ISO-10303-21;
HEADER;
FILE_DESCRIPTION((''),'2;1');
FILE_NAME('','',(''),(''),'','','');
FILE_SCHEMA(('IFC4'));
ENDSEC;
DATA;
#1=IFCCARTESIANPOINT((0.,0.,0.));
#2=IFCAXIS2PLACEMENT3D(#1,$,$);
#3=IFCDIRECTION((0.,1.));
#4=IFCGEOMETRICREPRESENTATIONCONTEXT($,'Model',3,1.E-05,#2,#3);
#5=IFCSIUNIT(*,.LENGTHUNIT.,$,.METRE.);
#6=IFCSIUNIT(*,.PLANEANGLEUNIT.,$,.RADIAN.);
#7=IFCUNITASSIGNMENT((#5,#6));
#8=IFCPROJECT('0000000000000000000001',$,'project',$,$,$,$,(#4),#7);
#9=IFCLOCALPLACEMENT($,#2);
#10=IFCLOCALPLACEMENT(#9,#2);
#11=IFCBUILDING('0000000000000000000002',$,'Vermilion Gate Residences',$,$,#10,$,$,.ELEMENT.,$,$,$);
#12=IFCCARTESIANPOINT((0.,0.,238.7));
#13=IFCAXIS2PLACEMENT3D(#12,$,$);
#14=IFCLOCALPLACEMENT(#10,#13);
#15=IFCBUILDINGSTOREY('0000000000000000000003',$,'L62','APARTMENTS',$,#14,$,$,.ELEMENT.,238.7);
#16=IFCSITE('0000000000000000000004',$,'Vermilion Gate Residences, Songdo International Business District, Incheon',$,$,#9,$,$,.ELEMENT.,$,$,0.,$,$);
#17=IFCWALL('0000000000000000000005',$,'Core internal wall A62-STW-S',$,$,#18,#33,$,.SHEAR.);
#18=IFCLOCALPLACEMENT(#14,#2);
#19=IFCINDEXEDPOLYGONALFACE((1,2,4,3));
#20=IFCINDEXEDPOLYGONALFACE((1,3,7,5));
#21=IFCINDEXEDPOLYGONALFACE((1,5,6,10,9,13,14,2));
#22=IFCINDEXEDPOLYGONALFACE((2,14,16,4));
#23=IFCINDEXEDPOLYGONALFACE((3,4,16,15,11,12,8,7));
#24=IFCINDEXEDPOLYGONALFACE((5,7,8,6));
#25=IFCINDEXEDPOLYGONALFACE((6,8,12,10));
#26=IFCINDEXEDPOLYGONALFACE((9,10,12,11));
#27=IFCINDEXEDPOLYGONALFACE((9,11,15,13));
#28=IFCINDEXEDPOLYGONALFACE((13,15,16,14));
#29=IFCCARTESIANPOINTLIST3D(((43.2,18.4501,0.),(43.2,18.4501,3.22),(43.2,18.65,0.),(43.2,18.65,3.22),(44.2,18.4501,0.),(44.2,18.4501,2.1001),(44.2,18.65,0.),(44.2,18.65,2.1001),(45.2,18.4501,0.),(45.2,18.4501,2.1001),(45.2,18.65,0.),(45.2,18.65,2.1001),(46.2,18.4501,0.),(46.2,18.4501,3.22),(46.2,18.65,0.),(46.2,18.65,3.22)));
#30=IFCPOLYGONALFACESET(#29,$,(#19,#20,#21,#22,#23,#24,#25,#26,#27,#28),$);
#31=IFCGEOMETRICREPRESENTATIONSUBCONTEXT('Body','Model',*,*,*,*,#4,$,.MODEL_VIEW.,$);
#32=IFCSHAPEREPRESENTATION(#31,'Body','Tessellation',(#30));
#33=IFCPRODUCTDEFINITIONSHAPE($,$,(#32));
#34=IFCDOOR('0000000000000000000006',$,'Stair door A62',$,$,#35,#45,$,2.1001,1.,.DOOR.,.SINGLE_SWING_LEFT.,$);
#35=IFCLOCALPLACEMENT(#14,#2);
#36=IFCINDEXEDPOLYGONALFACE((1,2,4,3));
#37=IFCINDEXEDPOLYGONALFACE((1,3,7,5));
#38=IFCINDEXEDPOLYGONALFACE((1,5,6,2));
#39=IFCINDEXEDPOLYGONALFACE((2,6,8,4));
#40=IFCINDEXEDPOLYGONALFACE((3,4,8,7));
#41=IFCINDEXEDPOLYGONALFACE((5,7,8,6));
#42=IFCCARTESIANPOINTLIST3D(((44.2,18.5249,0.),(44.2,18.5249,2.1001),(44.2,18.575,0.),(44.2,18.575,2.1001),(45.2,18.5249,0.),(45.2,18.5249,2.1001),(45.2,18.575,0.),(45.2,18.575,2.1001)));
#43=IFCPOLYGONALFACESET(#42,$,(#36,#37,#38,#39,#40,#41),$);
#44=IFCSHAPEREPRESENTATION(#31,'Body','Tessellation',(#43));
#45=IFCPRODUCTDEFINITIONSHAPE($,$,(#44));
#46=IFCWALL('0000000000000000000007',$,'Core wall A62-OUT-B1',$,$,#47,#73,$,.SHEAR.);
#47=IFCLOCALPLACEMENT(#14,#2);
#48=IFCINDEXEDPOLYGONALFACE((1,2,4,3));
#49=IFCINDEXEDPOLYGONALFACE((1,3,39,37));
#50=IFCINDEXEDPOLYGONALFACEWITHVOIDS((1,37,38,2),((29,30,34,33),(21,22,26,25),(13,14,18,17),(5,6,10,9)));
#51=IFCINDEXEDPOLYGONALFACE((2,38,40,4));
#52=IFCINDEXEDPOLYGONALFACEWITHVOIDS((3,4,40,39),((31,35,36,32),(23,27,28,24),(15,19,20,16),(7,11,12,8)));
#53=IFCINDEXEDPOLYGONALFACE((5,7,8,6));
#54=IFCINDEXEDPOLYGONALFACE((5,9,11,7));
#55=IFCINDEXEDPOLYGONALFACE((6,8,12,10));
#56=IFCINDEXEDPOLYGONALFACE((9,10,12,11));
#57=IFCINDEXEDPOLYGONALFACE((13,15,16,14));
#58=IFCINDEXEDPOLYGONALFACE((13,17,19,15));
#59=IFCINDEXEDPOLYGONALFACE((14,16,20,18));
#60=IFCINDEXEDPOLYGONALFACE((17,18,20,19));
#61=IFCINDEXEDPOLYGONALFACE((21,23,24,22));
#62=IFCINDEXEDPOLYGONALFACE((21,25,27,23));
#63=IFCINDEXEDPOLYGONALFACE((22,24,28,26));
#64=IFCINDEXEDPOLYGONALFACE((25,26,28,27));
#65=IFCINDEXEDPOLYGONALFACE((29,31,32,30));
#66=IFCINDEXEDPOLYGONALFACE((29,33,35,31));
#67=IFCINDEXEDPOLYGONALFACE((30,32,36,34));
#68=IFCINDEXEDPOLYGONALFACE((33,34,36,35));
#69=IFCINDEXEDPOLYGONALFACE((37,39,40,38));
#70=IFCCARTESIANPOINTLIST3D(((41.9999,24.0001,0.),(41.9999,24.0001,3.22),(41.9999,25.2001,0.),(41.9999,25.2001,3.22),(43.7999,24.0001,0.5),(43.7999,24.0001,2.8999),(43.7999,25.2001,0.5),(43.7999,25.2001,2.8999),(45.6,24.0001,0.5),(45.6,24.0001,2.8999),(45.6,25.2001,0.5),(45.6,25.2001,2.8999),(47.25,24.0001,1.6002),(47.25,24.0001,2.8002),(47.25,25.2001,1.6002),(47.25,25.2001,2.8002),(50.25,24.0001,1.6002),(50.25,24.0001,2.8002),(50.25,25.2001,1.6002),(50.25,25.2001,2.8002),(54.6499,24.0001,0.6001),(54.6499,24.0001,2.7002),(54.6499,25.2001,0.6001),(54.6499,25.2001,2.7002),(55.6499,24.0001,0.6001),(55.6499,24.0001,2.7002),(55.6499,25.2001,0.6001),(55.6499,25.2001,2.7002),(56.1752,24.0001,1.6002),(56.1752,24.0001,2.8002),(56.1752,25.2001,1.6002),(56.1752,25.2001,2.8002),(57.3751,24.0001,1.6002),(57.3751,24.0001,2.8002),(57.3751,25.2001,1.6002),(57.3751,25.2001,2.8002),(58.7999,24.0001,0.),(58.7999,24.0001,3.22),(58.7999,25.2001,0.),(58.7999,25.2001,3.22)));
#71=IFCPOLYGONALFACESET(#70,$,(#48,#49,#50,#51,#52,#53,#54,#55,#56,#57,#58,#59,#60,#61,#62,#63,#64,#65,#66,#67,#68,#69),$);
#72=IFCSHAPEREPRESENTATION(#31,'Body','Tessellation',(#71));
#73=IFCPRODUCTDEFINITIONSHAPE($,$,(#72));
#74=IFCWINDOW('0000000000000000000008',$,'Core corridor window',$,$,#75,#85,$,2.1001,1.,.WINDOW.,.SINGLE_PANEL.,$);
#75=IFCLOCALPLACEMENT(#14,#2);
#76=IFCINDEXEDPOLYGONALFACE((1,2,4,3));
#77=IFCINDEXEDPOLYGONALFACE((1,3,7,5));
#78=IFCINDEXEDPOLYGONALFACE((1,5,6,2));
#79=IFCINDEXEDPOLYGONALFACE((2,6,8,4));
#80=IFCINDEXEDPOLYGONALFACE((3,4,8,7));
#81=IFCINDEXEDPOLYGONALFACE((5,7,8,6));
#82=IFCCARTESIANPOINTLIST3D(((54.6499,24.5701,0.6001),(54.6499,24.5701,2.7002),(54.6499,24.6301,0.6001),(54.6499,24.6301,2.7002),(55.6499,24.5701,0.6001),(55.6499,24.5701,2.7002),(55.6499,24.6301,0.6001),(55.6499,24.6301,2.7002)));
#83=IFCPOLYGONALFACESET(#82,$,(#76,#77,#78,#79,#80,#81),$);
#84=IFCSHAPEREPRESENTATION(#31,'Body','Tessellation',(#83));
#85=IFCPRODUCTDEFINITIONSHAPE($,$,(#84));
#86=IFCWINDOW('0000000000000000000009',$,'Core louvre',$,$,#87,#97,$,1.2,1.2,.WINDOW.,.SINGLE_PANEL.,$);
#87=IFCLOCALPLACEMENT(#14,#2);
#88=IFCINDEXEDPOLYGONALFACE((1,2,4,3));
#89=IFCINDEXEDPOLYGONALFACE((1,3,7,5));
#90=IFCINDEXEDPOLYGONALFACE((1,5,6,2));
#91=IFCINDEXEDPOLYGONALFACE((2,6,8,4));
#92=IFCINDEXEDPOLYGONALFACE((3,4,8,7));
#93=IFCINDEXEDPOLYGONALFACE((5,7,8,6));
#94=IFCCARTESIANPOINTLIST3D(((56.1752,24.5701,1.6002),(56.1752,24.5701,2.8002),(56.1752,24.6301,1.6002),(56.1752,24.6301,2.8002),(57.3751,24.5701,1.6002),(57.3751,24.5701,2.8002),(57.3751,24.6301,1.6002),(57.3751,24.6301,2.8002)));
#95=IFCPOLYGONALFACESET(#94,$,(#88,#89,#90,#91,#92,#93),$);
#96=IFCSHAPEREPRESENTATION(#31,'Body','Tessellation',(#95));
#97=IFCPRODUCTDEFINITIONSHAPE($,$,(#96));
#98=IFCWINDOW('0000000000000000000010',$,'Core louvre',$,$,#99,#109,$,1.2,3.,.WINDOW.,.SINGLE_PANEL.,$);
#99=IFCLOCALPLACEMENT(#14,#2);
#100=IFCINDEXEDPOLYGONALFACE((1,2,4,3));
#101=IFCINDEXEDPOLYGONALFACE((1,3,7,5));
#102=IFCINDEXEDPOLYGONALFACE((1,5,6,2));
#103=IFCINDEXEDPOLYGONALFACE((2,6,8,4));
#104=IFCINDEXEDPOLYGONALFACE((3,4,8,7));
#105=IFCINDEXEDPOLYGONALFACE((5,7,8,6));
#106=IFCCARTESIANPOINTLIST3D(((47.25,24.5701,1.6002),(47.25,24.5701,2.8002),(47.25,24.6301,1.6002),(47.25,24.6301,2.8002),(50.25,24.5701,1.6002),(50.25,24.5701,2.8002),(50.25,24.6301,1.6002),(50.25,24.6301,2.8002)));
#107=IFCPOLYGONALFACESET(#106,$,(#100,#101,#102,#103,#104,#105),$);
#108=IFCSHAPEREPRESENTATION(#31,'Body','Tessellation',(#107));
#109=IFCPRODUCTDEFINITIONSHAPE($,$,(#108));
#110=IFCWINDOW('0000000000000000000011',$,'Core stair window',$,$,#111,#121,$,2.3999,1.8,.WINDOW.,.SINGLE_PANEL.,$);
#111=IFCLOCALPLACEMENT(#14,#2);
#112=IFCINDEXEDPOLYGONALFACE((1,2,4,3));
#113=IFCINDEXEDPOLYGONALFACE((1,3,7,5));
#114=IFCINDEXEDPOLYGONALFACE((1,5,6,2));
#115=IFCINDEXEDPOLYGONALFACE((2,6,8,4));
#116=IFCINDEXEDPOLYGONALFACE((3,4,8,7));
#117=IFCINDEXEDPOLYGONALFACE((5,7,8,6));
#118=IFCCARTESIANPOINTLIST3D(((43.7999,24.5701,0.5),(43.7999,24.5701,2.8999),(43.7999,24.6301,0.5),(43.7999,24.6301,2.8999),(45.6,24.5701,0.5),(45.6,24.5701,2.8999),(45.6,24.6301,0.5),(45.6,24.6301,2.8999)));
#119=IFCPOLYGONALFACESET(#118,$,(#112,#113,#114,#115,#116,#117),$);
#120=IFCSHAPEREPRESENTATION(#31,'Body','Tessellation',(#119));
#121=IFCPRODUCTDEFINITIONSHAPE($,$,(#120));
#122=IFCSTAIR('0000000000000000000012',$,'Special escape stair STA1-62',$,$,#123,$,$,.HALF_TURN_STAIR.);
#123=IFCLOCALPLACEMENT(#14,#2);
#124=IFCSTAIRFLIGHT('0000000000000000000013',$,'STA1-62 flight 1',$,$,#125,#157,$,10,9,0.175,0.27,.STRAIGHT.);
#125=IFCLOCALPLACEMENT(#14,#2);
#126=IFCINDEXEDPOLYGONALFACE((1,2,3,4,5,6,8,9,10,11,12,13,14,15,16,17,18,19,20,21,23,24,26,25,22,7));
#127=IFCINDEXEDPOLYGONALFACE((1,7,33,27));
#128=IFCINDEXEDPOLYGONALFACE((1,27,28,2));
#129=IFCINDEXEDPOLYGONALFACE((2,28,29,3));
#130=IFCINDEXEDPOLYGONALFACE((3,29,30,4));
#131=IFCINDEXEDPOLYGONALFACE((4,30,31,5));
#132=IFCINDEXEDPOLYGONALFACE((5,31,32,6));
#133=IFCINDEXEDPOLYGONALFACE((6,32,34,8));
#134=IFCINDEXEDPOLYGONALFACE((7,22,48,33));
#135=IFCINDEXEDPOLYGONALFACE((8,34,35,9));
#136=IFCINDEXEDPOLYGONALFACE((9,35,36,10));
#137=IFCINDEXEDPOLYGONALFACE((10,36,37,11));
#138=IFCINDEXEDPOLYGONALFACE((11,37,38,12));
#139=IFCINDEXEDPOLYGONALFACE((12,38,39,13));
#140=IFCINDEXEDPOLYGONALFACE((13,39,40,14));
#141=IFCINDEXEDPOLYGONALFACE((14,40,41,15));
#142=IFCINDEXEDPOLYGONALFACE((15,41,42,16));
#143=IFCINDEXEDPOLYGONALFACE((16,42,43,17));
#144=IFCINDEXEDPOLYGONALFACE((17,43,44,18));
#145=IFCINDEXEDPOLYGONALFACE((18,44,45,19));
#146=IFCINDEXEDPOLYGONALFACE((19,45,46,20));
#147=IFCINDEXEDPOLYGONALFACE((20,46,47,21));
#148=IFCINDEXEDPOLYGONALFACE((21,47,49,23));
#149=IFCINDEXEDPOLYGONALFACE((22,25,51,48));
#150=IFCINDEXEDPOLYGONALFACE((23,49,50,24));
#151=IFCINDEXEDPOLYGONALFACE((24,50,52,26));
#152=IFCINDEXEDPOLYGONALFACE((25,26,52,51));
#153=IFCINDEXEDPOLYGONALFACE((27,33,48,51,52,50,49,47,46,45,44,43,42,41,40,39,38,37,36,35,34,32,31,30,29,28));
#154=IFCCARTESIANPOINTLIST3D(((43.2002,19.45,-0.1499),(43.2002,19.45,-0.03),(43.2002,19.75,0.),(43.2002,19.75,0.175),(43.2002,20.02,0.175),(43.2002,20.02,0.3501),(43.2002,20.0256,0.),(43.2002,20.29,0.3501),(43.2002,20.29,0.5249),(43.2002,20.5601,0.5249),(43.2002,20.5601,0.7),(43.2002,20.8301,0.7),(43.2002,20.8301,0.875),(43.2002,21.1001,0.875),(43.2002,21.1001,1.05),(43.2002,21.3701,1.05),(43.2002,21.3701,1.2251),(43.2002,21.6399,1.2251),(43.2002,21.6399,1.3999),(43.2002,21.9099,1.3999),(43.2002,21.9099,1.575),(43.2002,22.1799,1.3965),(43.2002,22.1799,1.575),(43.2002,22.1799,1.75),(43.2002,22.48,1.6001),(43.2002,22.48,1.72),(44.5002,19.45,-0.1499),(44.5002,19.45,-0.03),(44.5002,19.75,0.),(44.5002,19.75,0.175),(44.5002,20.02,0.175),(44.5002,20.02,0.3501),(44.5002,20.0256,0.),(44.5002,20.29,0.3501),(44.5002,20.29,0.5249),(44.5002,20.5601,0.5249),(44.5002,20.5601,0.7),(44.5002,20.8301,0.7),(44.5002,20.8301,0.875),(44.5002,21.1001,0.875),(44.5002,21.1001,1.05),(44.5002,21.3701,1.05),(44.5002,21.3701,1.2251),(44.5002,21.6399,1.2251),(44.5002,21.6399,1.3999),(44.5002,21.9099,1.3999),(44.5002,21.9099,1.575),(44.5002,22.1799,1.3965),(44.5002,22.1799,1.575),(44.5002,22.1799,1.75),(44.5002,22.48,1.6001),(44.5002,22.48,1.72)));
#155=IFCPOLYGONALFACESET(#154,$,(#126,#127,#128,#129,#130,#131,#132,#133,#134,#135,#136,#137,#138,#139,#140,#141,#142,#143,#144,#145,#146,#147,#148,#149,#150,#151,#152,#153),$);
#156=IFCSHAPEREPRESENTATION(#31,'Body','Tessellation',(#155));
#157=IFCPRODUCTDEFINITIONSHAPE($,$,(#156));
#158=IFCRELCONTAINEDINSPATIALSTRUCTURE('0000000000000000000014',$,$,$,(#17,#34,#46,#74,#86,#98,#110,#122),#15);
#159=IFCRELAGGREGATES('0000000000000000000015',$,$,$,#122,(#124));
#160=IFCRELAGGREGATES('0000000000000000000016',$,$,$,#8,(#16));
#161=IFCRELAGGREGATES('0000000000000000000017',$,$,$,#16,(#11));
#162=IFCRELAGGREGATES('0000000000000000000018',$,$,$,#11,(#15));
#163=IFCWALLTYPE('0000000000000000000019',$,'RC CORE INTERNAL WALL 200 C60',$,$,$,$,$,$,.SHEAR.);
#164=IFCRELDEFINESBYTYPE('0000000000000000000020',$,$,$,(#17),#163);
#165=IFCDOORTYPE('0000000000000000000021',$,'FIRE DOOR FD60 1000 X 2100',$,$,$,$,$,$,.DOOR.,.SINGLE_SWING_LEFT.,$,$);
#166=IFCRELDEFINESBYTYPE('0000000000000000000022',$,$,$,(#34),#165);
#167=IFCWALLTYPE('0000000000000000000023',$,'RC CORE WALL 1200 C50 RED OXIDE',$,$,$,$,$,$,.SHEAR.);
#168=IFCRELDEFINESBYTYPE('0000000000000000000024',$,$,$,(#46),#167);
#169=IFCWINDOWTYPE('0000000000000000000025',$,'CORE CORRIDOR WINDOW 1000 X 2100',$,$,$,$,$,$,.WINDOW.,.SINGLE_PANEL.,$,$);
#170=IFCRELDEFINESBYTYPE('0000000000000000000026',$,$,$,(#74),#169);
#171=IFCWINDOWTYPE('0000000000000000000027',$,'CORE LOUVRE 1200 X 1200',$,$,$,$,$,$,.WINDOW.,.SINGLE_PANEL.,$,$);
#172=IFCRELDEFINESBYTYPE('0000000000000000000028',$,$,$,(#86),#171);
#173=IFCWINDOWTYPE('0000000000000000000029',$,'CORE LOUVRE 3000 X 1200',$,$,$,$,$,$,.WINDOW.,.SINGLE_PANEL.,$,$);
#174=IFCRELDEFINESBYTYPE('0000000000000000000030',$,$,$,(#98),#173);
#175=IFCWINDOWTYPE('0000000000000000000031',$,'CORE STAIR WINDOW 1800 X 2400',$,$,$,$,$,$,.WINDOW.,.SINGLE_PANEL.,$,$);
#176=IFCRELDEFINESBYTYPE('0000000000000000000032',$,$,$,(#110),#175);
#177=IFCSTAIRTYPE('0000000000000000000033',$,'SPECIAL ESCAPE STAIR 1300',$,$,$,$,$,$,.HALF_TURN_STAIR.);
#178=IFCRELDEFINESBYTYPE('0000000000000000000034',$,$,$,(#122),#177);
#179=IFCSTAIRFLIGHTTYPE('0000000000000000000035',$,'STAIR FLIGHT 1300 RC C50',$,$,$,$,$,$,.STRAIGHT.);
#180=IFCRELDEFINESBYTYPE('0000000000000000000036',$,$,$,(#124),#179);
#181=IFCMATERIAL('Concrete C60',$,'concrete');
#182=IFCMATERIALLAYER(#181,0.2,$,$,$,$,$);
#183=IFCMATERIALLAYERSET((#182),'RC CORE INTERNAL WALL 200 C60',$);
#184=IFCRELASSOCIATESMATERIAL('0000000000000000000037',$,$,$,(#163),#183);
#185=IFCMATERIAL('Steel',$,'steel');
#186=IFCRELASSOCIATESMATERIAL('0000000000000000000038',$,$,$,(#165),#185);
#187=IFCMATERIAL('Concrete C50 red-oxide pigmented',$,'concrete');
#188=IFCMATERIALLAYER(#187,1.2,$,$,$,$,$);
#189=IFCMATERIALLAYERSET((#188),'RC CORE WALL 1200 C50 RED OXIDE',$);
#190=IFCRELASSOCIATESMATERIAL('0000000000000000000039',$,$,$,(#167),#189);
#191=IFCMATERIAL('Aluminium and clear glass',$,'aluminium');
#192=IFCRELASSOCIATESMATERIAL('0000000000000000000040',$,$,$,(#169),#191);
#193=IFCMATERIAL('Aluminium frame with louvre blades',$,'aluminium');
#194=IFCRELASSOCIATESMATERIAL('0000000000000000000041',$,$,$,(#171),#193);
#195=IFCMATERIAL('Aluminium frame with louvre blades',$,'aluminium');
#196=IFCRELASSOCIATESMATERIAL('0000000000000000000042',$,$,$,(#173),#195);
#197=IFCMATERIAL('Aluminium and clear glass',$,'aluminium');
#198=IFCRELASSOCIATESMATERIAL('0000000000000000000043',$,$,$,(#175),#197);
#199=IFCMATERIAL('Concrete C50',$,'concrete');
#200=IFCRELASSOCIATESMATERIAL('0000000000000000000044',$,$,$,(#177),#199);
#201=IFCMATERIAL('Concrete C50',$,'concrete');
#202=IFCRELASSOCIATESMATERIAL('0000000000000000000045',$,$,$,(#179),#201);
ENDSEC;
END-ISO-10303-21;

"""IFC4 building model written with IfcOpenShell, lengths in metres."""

from ifc_helpers import new_model, si_unit, direction, frame, frame_2d, origin, place, context, subcontext, project, spatial, polyline, rectangle, outline, extrude, material, layer, layer_set, type_object, element, fill, aggregate, save


model = new_model("IFC4")

# Units and contexts
model_context = context("Model", 3, precision=1e-05, world=origin(), true_north=direction((0.0, 1.0)))
body_context = subcontext(model_context, "Body", "Model", "MODEL_VIEW")
ifc_project = project(units=[si_unit("LENGTHUNIT", "METRE"), si_unit("PLANEANGLEUNIT", "RADIAN")], contexts=[model_context])

# Site, building, storey
site_placement = place(None, origin())
site = spatial("IfcSite", under=ifc_project, at=site_placement, Name="Vermilion Gate Residences, Songdo International Business District, Incheon", CompositionType="ELEMENT", RefElevation=0.0)
building_placement = place(site_placement, origin())
building = spatial("IfcBuilding", under=site, at=building_placement, Name="Vermilion Gate Residences", CompositionType="ELEMENT")
storey_placement = place(building_placement, frame((0.0, 0.0, 238.7)))
storey = spatial("IfcBuildingStorey", under=building, at=storey_placement, Name="L62", Description="APARTMENTS", CompositionType="ELEMENT", Elevation=238.7)

# Shared definitions
ifc_material_1 = material(Name="Concrete C60", Category="concrete")
ifc_layer_1 = layer(ifc_material_1, 0.2)
ifc_layer_set_1 = layer_set([ifc_layer_1], Name="RC CORE INTERNAL WALL 200 C60")
wall_type_1 = type_object("IfcWallType", Name="RC CORE INTERNAL WALL 200 C60", PredefinedType="SHEAR", material=ifc_layer_set_1)

# Wall, opening, door
wall_1_placement = place(storey_placement, frame((43.2, 18.55, 0.0), z_axis=(0.0, 0.0, 1.0), x_axis=(1.0, 0.0, 0.0)))
wall_1 = element("IfcWall", 1, at=wall_1_placement, inside=storey, type_object=wall_type_1, Name="Core internal wall A62-STW-S", PredefinedType="SHEAR", context=body_context, shape_type="SweptSolid", body=[
    extrude(rectangle(XDim=3.0, YDim=0.2, at=frame_2d((1.5, 0.0))), origin(), (0.0, 0.0, 1.0), 3.22),
])
opening_1_placement = place(wall_1_placement, frame((1.0, 0.0, 0.0)))
opening_1 = element("IfcOpeningElement", 2, at=opening_1_placement, cuts=wall_1, PredefinedType="OPENING", context=body_context, shape_type="SweptSolid", body=[
    extrude(rectangle(XDim=1.0, YDim=2.1001, at=frame_2d((0.5, 1.05))), frame((0.0, 0.1099, 0.0), z_axis=(0.0, -1.0, 0.0), x_axis=(1.0, 0.0, 0.0)), (0.0, 0.0, 1.0), 0.22),
])
ifc_material_2 = material(Name="Steel", Category="steel")
door_type_1 = type_object("IfcDoorType", Name="FIRE DOOR FD60 1000 X 2100", OperationType="SINGLE_SWING_LEFT", PredefinedType="DOOR", material=ifc_material_2)
door_1_placement = place(opening_1_placement, origin())
door_1 = element("IfcDoor", 3, at=door_1_placement, inside=storey, type_object=door_type_1, Name="Stair door A62", OperationType="SINGLE_SWING_LEFT", OverallHeight=2.1001, OverallWidth=1.0, PredefinedType="DOOR", context=body_context, shape_type="SweptSolid", body=[
    extrude(rectangle(XDim=1.0, YDim=2.1001, at=frame_2d((0.5, 1.05))), frame((0.0, 0.0249, 0.0), z_axis=(0.0, -1.0, 0.0), x_axis=(1.0, 0.0, 0.0)), (0.0, 0.0, 1.0), 0.05),
])
fill(opening_1, door_1)

# Wall, openings, windows
ifc_material_3 = material(Name="Concrete C50 red-oxide pigmented", Category="concrete")
ifc_layer_2 = layer(ifc_material_3, 1.2)
ifc_layer_set_2 = layer_set([ifc_layer_2], Name="RC CORE WALL 1200 C50 RED OXIDE")
wall_type_2 = type_object("IfcWallType", Name="RC CORE WALL 1200 C50 RED OXIDE", PredefinedType="SHEAR", material=ifc_layer_set_2)
wall_2_placement = place(storey_placement, frame((42.0, 24.6001, 0.0), z_axis=(0.0, 0.0, 1.0), x_axis=(1.0, 0.0, 0.0)))
wall_2 = element("IfcWall", 4, at=wall_2_placement, inside=storey, type_object=wall_type_2, Name="Core wall A62-OUT-B1", PredefinedType="SHEAR", context=body_context, shape_type="SweptSolid", body=[
    extrude(rectangle(XDim=16.8, YDim=1.2, at=frame_2d((8.3999, 0.0))), origin(), (0.0, 0.0, 1.0), 3.22),
])
opening_2_placement = place(wall_2_placement, frame((1.8, 0.0, 0.5)))
opening_2 = element("IfcOpeningElement", 5, at=opening_2_placement, cuts=wall_2, PredefinedType="OPENING", context=body_context, shape_type="SweptSolid", body=[
    extrude(rectangle(XDim=1.8, YDim=2.3999, at=frame_2d((0.8999, 1.2))), frame((0.0, 0.6099, 0.0), z_axis=(0.0, -1.0, 0.0), x_axis=(1.0, 0.0, 0.0)), (0.0, 0.0, 1.0), 1.22),
])
opening_3_placement = place(wall_2_placement, frame((5.25, 0.0, 1.6001)))
opening_3 = element("IfcOpeningElement", 6, at=opening_3_placement, cuts=wall_2, PredefinedType="OPENING", context=body_context, shape_type="SweptSolid", body=[
    extrude(rectangle(XDim=3.0, YDim=1.2, at=frame_2d((1.5, 0.6001))), frame((0.0, 0.6099, 0.0), z_axis=(0.0, -1.0, 0.0), x_axis=(1.0, 0.0, 0.0)), (0.0, 0.0, 1.0), 1.22),
])
opening_4_placement = place(wall_2_placement, frame((12.6499, 0.0, 0.6001)))
opening_4 = element("IfcOpeningElement", 7, at=opening_4_placement, cuts=wall_2, PredefinedType="OPENING", context=body_context, shape_type="SweptSolid", body=[
    extrude(rectangle(XDim=1.0, YDim=2.1001, at=frame_2d((0.5, 1.05))), frame((0.0, 0.6099, 0.0), z_axis=(0.0, -1.0, 0.0), x_axis=(1.0, 0.0, 0.0)), (0.0, 0.0, 1.0), 1.22),
])
opening_5_placement = place(wall_2_placement, frame((14.175, 0.0, 1.6001)))
opening_5 = element("IfcOpeningElement", 8, at=opening_5_placement, cuts=wall_2, PredefinedType="OPENING", context=body_context, shape_type="SweptSolid", body=[
    extrude(rectangle(XDim=1.2, YDim=1.2, at=frame_2d((0.6001, 0.6001))), frame((0.0, 0.6099, 0.0), z_axis=(0.0, -1.0, 0.0), x_axis=(1.0, 0.0, 0.0)), (0.0, 0.0, 1.0), 1.22),
])
ifc_material_4 = material(Name="Aluminium and clear glass", Category="aluminium")
window_type_1 = type_object("IfcWindowType", Name="CORE CORRIDOR WINDOW 1000 X 2100", PartitioningType="SINGLE_PANEL", PredefinedType="WINDOW", material=ifc_material_4)
window_1_placement = place(opening_4_placement, origin())
window_1 = element("IfcWindow", 9, at=window_1_placement, inside=storey, type_object=window_type_1, Name="Core corridor window", OverallHeight=2.1001, OverallWidth=1.0, PartitioningType="SINGLE_PANEL", PredefinedType="WINDOW", context=body_context, shape_type="SweptSolid", body=[
    extrude(rectangle(XDim=1.0, YDim=2.1001, at=frame_2d((0.5, 1.05))), frame((0.0, 0.03, 0.0), z_axis=(0.0, -1.0, 0.0), x_axis=(1.0, 0.0, 0.0)), (0.0, 0.0, 1.0), 0.0601),
])
fill(opening_4, window_1)
ifc_material_5 = material(Name="Aluminium frame with louvre blades", Category="aluminium")
window_type_2 = type_object("IfcWindowType", Name="CORE LOUVRE 1200 X 1200", PartitioningType="SINGLE_PANEL", PredefinedType="WINDOW", material=ifc_material_5)
window_2_placement = place(opening_5_placement, origin())
window_2 = element("IfcWindow", 10, at=window_2_placement, inside=storey, type_object=window_type_2, Name="Core louvre", OverallHeight=1.2, OverallWidth=1.2, PartitioningType="SINGLE_PANEL", PredefinedType="WINDOW", context=body_context, shape_type="SweptSolid", body=[
    extrude(rectangle(XDim=1.2, YDim=1.2, at=frame_2d((0.6001, 0.6001))), frame((0.0, 0.03, 0.0), z_axis=(0.0, -1.0, 0.0), x_axis=(1.0, 0.0, 0.0)), (0.0, 0.0, 1.0), 0.0601),
])
fill(opening_5, window_2)
ifc_material_6 = material(Name="Aluminium frame with louvre blades", Category="aluminium")
window_type_3 = type_object("IfcWindowType", Name="CORE LOUVRE 3000 X 1200", PartitioningType="SINGLE_PANEL", PredefinedType="WINDOW", material=ifc_material_6)
window_3_placement = place(opening_3_placement, origin())
window_3 = element("IfcWindow", 11, at=window_3_placement, inside=storey, type_object=window_type_3, Name="Core louvre", OverallHeight=1.2, OverallWidth=3.0, PartitioningType="SINGLE_PANEL", PredefinedType="WINDOW", context=body_context, shape_type="SweptSolid", body=[
    extrude(rectangle(XDim=3.0, YDim=1.2, at=frame_2d((1.5, 0.6001))), frame((0.0, 0.03, 0.0), z_axis=(0.0, -1.0, 0.0), x_axis=(1.0, 0.0, 0.0)), (0.0, 0.0, 1.0), 0.0601),
])
fill(opening_3, window_3)
ifc_material_7 = material(Name="Aluminium and clear glass", Category="aluminium")
window_type_4 = type_object("IfcWindowType", Name="CORE STAIR WINDOW 1800 X 2400", PartitioningType="SINGLE_PANEL", PredefinedType="WINDOW", material=ifc_material_7)
window_4_placement = place(opening_2_placement, origin())
window_4 = element("IfcWindow", 12, at=window_4_placement, inside=storey, type_object=window_type_4, Name="Core stair window", OverallHeight=2.3999, OverallWidth=1.8, PartitioningType="SINGLE_PANEL", PredefinedType="WINDOW", context=body_context, shape_type="SweptSolid", body=[
    extrude(rectangle(XDim=1.8, YDim=2.3999, at=frame_2d((0.8999, 1.2))), frame((0.0, 0.03, 0.0), z_axis=(0.0, -1.0, 0.0), x_axis=(1.0, 0.0, 0.0)), (0.0, 0.0, 1.0), 0.0601),
])
fill(opening_2, window_4)

# Stair, stair flight
ifc_material_8 = material(Name="Concrete C50", Category="concrete")
stair_type = type_object("IfcStairType", Name="SPECIAL ESCAPE STAIR 1300", PredefinedType="HALF_TURN_STAIR", material=ifc_material_8)
stair_placement = place(storey_placement, origin())
stair = element("IfcStair", 13, at=stair_placement, inside=storey, type_object=stair_type, Name="Special escape stair STA1-62", PredefinedType="HALF_TURN_STAIR")
ifc_material_9 = material(Name="Concrete C50", Category="concrete")
stair_flight_type = type_object("IfcStairFlightType", Name="STAIR FLIGHT 1300 RC C50", PredefinedType="STRAIGHT", material=ifc_material_9)
stair_flight_1_placement = place(storey_placement, frame((43.8501, 19.75, 0.0), z_axis=(0.0, 0.0, 1.0), x_axis=(0.0, 1.0, 0.0)))
stair_flight_1 = element("IfcStairFlight", 14, at=stair_flight_1_placement, type_object=stair_flight_type, Name="STA1-62 flight 1", NumberOfRisers=10, NumberOfTreads=9, PredefinedType="STRAIGHT", RiserHeight=0.175, TreadLength=0.27, context=body_context, shape_type="SweptSolid", body=[
    extrude(outline(polyline([(-0.3, -0.1499), (-0.3, -0.03), (0.0, 0.0), (0.0, 0.175), (0.27, 0.175), (0.27, 0.3501), (0.54, 0.3501), (0.54, 0.5249), (0.8101, 0.5249), (0.8101, 0.7), (1.0801, 0.7), (1.0801, 0.875), (1.3501, 0.875), (1.3501, 1.05), (1.6201, 1.05), (1.6201, 1.2251), (1.8899, 1.2251), (1.8899, 1.3999), (2.1599, 1.3999), (2.1599, 1.575), (2.4299, 1.575), (2.4299, 1.75), (2.73, 1.72), (2.73, 1.6001), (2.4299, 1.3965), (0.2756, 0.0), (-0.3, -0.1499)])), frame((0.0, 0.6499, 0.0), z_axis=(0.0, -1.0, 0.0), x_axis=(1.0, 0.0, 0.0)), (0.0, 0.0, 1.0), 1.3),
])
aggregate(stair, [stair_flight_1])

save(model, "model.ifc")
